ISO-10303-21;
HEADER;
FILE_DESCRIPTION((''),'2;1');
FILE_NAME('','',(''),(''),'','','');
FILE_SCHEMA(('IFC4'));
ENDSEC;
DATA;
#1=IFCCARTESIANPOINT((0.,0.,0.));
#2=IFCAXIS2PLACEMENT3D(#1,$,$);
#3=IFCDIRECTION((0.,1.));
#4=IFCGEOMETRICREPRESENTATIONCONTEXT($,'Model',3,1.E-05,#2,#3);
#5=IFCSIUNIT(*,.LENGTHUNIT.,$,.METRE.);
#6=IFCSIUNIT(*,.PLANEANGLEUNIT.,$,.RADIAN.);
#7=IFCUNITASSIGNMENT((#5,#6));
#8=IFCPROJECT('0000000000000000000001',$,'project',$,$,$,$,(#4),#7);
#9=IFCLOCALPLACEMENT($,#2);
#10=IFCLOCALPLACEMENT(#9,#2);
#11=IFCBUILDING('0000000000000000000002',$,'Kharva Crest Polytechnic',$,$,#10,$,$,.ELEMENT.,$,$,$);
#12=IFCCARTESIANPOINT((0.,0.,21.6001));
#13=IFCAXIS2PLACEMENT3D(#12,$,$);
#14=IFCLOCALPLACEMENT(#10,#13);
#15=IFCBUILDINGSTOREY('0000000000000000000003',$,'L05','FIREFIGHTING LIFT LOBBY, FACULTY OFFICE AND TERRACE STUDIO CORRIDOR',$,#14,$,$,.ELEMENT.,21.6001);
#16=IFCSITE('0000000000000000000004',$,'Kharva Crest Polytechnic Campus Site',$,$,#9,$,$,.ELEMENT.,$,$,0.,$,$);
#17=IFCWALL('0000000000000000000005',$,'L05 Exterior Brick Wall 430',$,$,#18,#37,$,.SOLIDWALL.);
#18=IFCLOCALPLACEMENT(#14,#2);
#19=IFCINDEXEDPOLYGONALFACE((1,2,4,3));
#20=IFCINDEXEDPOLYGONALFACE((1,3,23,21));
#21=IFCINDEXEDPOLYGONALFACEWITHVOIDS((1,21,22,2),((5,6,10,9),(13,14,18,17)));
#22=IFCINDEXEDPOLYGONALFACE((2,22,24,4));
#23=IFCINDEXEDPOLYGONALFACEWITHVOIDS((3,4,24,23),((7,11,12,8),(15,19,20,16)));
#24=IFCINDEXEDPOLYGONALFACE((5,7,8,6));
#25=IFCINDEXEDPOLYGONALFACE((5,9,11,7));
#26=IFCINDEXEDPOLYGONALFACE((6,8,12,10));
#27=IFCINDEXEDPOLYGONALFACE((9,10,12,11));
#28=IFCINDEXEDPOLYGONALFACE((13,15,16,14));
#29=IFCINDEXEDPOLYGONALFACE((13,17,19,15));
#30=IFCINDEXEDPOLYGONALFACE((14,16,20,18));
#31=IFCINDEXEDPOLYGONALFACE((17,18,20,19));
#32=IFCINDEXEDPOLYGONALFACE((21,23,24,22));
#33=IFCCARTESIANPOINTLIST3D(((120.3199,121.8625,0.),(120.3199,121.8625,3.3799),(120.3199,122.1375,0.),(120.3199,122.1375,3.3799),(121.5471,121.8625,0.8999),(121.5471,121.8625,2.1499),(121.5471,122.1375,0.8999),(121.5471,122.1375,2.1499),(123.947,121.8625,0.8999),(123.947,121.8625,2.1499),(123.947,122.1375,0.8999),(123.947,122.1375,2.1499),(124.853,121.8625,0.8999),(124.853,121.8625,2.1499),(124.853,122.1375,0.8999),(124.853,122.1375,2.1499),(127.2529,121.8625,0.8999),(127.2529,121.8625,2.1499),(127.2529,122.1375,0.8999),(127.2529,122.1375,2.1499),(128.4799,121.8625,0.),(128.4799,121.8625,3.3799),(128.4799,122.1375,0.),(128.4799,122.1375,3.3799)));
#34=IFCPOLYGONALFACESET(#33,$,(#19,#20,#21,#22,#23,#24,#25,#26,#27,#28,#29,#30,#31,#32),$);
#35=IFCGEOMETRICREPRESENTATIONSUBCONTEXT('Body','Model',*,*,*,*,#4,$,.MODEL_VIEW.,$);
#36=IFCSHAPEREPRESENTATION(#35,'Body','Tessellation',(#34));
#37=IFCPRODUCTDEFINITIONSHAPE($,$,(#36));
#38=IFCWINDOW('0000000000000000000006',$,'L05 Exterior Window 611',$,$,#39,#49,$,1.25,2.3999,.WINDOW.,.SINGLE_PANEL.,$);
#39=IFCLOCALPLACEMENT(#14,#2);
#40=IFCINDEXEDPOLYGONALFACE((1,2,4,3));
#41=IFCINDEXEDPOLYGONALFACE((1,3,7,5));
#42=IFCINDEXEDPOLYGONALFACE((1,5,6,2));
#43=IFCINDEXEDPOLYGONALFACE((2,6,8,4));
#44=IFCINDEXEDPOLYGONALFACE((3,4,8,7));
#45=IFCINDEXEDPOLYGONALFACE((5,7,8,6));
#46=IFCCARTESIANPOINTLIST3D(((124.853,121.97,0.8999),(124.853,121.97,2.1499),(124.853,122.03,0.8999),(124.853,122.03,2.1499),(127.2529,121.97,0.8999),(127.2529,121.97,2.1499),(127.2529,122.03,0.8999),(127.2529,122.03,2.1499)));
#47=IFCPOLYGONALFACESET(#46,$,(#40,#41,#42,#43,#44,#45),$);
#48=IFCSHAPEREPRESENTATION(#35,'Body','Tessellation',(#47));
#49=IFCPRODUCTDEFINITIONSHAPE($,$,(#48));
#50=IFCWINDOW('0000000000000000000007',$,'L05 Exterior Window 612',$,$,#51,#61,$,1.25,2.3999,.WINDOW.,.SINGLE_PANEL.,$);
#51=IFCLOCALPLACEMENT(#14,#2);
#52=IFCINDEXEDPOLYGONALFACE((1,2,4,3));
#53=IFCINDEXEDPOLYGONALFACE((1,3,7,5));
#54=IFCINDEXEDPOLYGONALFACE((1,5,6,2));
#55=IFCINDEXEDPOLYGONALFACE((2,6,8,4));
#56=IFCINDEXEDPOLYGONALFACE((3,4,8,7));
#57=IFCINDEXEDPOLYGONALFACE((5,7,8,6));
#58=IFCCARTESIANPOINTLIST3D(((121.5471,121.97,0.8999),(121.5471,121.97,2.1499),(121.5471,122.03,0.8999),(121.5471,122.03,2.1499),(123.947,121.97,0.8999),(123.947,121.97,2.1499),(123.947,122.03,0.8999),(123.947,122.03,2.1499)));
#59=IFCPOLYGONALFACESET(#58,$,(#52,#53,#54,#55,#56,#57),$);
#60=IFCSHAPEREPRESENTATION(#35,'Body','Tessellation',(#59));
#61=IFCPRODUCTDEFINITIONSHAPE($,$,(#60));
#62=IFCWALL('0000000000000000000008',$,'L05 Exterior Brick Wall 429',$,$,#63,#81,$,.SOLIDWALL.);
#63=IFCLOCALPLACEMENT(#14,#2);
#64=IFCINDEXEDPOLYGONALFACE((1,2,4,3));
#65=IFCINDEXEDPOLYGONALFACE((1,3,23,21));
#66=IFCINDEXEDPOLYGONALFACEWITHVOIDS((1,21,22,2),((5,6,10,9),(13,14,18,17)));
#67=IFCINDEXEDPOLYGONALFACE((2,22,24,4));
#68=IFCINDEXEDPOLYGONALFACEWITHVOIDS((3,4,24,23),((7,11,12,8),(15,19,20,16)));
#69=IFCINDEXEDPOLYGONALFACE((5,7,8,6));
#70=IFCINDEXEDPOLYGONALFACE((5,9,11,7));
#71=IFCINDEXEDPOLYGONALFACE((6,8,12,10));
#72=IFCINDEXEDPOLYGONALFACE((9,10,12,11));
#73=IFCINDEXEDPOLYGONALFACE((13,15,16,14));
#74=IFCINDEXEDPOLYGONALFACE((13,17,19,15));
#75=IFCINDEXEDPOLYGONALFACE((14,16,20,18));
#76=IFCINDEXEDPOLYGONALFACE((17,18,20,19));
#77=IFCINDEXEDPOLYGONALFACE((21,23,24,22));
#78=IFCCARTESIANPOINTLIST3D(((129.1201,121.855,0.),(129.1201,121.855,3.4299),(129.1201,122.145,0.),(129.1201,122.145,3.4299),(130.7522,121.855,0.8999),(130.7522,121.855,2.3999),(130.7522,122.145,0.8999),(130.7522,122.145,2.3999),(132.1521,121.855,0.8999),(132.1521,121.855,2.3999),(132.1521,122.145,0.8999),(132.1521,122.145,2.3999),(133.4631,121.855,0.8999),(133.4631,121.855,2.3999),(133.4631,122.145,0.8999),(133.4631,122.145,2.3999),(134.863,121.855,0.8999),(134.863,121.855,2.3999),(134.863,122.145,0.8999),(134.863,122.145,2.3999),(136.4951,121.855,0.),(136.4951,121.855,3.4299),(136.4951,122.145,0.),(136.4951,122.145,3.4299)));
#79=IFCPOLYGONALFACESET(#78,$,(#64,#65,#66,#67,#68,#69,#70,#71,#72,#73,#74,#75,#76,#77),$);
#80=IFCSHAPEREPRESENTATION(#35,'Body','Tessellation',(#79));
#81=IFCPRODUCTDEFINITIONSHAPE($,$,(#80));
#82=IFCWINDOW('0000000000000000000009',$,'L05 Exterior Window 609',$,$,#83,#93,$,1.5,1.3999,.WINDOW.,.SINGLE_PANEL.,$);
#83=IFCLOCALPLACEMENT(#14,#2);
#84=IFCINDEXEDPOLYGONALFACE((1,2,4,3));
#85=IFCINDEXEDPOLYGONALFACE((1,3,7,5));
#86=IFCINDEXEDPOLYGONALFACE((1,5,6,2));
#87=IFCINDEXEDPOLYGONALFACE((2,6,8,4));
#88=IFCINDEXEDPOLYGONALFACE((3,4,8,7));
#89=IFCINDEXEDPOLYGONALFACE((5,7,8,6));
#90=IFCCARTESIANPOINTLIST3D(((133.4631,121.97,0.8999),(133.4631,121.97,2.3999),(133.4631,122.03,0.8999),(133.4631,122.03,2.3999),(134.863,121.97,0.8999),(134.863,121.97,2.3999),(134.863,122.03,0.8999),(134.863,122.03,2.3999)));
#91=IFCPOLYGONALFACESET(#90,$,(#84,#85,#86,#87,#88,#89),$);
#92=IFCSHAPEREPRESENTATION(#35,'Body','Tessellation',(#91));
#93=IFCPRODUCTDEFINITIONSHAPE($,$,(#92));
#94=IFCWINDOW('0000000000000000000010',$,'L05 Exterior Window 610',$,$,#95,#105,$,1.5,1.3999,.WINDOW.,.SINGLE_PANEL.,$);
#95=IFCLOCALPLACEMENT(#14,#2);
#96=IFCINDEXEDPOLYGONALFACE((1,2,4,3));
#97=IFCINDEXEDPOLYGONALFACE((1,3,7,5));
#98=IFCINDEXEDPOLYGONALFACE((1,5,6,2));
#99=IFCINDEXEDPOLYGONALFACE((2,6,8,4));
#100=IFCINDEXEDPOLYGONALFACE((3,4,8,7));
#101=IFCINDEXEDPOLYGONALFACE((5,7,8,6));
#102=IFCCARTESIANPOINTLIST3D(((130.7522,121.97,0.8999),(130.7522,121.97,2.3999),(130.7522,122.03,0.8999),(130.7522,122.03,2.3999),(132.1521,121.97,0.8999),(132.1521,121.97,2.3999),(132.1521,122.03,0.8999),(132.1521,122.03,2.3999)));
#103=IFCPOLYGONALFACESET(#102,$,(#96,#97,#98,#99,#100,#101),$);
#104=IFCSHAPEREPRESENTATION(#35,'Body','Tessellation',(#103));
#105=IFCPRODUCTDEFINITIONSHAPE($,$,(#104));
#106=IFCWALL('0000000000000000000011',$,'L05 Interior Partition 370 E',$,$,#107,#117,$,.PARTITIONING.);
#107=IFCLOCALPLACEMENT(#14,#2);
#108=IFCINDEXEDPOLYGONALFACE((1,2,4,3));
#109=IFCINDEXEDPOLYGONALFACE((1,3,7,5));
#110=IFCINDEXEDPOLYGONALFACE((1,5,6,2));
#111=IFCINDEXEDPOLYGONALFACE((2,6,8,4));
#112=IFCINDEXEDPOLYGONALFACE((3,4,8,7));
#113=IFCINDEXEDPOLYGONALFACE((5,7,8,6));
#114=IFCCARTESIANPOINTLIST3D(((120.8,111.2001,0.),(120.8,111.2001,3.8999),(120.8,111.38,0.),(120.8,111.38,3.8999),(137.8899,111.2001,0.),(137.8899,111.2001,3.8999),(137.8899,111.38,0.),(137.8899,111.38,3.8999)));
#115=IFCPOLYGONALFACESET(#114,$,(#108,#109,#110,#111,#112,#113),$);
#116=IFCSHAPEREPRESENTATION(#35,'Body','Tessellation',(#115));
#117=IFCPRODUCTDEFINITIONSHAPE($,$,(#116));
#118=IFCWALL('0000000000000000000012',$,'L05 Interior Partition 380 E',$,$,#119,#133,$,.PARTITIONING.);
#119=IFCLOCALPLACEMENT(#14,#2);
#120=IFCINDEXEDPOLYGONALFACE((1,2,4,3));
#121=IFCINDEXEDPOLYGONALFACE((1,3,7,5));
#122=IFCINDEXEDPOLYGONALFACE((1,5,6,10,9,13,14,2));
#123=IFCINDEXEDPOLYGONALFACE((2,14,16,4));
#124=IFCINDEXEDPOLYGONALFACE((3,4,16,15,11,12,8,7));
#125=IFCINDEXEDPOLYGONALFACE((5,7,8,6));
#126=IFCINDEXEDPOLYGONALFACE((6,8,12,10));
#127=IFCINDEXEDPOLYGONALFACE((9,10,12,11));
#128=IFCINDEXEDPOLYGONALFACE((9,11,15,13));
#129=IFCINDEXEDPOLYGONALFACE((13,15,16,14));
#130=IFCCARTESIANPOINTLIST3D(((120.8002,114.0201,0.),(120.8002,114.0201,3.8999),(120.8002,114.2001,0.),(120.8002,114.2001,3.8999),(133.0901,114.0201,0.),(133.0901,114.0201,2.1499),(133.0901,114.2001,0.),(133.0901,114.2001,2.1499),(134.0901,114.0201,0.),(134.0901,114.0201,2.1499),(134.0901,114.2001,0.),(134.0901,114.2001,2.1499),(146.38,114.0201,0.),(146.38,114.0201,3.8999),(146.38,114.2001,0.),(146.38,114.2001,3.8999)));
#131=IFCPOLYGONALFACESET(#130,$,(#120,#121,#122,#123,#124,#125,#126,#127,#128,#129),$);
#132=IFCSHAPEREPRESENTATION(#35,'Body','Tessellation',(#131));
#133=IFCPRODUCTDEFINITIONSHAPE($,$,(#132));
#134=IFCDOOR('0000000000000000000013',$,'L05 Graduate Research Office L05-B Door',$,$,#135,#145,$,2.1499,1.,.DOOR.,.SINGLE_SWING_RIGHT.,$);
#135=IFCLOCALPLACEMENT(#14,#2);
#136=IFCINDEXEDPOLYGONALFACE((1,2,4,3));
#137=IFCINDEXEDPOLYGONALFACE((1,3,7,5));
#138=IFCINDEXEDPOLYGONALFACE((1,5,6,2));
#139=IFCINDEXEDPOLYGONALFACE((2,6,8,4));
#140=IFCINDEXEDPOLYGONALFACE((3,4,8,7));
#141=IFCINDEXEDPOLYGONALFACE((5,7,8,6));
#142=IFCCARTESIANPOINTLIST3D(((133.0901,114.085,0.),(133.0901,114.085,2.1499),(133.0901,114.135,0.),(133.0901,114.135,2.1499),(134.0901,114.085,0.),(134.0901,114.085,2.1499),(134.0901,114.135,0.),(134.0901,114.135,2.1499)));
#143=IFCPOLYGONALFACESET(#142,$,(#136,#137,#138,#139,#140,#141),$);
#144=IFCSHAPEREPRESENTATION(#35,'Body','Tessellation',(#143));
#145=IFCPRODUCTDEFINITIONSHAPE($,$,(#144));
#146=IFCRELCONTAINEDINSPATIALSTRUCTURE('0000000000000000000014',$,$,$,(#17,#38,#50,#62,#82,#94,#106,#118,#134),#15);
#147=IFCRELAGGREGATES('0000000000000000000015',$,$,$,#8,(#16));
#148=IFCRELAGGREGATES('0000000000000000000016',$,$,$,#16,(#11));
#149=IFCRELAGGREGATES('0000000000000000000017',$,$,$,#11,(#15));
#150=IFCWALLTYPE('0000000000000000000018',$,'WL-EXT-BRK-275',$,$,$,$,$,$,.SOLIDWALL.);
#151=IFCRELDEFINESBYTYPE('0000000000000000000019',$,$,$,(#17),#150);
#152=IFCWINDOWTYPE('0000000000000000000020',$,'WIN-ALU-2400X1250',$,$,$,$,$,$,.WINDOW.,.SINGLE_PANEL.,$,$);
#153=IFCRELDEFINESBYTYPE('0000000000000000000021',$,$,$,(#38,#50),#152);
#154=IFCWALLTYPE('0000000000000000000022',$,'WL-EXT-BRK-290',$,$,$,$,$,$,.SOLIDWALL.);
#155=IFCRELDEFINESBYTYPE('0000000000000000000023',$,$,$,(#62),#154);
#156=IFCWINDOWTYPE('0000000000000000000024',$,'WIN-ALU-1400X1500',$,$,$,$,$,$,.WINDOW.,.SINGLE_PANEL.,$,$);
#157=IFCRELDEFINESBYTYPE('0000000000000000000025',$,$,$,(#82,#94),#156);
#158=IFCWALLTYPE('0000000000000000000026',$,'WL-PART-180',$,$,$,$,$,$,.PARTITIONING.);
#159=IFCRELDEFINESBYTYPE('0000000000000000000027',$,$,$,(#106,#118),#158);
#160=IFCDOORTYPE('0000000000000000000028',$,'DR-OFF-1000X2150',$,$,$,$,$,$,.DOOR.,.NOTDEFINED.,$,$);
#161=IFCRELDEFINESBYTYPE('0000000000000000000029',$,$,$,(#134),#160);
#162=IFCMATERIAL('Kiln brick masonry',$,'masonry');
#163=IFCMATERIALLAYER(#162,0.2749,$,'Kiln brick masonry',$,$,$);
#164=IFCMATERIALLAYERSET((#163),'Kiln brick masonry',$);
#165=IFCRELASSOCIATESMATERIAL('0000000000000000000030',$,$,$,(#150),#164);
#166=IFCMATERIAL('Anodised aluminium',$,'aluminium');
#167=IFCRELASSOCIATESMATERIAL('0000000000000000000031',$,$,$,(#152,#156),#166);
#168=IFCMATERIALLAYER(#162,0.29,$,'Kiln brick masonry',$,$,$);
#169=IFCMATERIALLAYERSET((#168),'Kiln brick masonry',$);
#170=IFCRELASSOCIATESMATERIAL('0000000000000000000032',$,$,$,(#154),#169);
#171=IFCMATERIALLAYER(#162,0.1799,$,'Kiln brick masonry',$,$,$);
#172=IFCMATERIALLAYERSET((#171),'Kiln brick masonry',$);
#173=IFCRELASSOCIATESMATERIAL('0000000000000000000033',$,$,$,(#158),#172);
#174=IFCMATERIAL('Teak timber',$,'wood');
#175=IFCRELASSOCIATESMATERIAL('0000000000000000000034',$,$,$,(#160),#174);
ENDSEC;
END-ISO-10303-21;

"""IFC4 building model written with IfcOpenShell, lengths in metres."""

from ifc_helpers import new_model, si_unit, direction, frame, frame_2d, origin, place, context, subcontext, project, spatial, rectangle, extrude, material, layer, layer_set, type_object, element, fill, save


model = new_model("IFC4")

# Units and contexts
model_context = context("Model", 3, precision=1e-05, world=origin(), true_north=direction((0.0, 1.0)))
body_context = subcontext(model_context, "Body", "Model", "MODEL_VIEW")
ifc_project = project(units=[si_unit("LENGTHUNIT", "METRE"), si_unit("PLANEANGLEUNIT", "RADIAN")], contexts=[model_context])

# Site, building, storey
site_placement = place(None, origin())
site = spatial("IfcSite", under=ifc_project, at=site_placement, Name="Kharva Crest Polytechnic Campus Site", CompositionType="ELEMENT", RefElevation=0.0)
building_placement = place(site_placement, origin())
building = spatial("IfcBuilding", under=site, at=building_placement, Name="Kharva Crest Polytechnic", CompositionType="ELEMENT")
storey_placement = place(building_placement, frame((0.0, 0.0, 21.6001)))
storey = spatial("IfcBuildingStorey", under=building, at=storey_placement, Name="L05", Description="FIREFIGHTING LIFT LOBBY, FACULTY OFFICE AND TERRACE STUDIO CORRIDOR", CompositionType="ELEMENT", Elevation=21.6001)

# Walls, openings, windows
ifc_material_1 = material(Name="Kiln brick masonry", Category="masonry")
ifc_layer_1 = layer(ifc_material_1, 0.2749, Name="Kiln brick masonry")
ifc_layer_set_1 = layer_set([ifc_layer_1], Name="Kiln brick masonry")
wall_type_1 = type_object("IfcWallType", Name="WL-EXT-BRK-275", PredefinedType="SOLIDWALL", material=ifc_layer_set_1)
wall_1_placement = place(storey_placement, frame((128.48, 122.0, 0.0), z_axis=(0.0, 0.0, 1.0), x_axis=(-1.0, 0.0, 0.0)))
wall_1 = element("IfcWall", 1, at=wall_1_placement, inside=storey, type_object=wall_type_1, Name="L05 Exterior Brick Wall 430", PredefinedType="SOLIDWALL", context=body_context, shape_type="SweptSolid", body=[
    extrude(rectangle(XDim=8.1599, YDim=0.2749, at=frame_2d((4.0801, 0.0))), origin(), (0.0, 0.0, 1.0), 3.3799),
])
opening_1_placement = place(wall_1_placement, frame((1.2271, 0.0, 0.8999)))
opening_1 = element("IfcOpeningElement", 2, at=opening_1_placement, cuts=wall_1, PredefinedType="OPENING", context=body_context, shape_type="SweptSolid", body=[
    extrude(rectangle(XDim=2.3999, YDim=1.25, at=frame_2d((1.2, 0.625))), frame((0.0, 0.1475, 0.0), z_axis=(0.0, -1.0, 0.0), x_axis=(1.0, 0.0, 0.0)), (0.0, 0.0, 1.0), 0.2949),
])
opening_2_placement = place(wall_1_placement, frame((4.533, 0.0, 0.8999)))
opening_2 = element("IfcOpeningElement", 3, at=opening_2_placement, cuts=wall_1, PredefinedType="OPENING", context=body_context, shape_type="SweptSolid", body=[
    extrude(rectangle(XDim=2.3999, YDim=1.25, at=frame_2d((1.2, 0.625))), frame((0.0, 0.1475, 0.0), z_axis=(0.0, -1.0, 0.0), x_axis=(1.0, 0.0, 0.0)), (0.0, 0.0, 1.0), 0.2949),
])
ifc_material_2 = material(Name="Anodised aluminium", Category="aluminium")
window_type_1 = type_object("IfcWindowType", Name="WIN-ALU-2400X1250", PartitioningType="SINGLE_PANEL", PredefinedType="WINDOW", material=ifc_material_2)
window_1_placement = place(opening_1_placement, origin())
window_1 = element("IfcWindow", 4, at=window_1_placement, inside=storey, type_object=window_type_1, Name="L05 Exterior Window 611", OverallHeight=1.25, OverallWidth=2.3999, PartitioningType="SINGLE_PANEL", PredefinedType="WINDOW", context=body_context, shape_type="SweptSolid", body=[
    extrude(rectangle(XDim=2.3999, YDim=1.25, at=frame_2d((1.2, 0.625))), frame((0.0, 0.03, 0.0), z_axis=(0.0, -1.0, 0.0), x_axis=(1.0, 0.0, 0.0)), (0.0, 0.0, 1.0), 0.0601),
])
fill(opening_1, window_1)
window_2_placement = place(opening_2_placement, origin())
window_2 = element("IfcWindow", 5, at=window_2_placement, inside=storey, type_object=window_type_1, Name="L05 Exterior Window 612", OverallHeight=1.25, OverallWidth=2.3999, PartitioningType="SINGLE_PANEL", PredefinedType="WINDOW", context=body_context, shape_type="SweptSolid", body=[
    extrude(rectangle(XDim=2.3999, YDim=1.25, at=frame_2d((1.2, 0.625))), frame((0.0, 0.03, 0.0), z_axis=(0.0, -1.0, 0.0), x_axis=(1.0, 0.0, 0.0)), (0.0, 0.0, 1.0), 0.0601),
])
fill(opening_2, window_2)
ifc_layer_2 = layer(ifc_material_1, 0.29, Name="Kiln brick masonry")
ifc_layer_set_2 = layer_set([ifc_layer_2], Name="Kiln brick masonry")
wall_type_2 = type_object("IfcWallType", Name="WL-EXT-BRK-290", PredefinedType="SOLIDWALL", material=ifc_layer_set_2)
wall_2_placement = place(storey_placement, frame((136.4951, 122.0, 0.0), z_axis=(0.0, 0.0, 1.0), x_axis=(-1.0, 0.0, 0.0)))
wall_2 = element("IfcWall", 6, at=wall_2_placement, inside=storey, type_object=wall_type_2, Name="L05 Exterior Brick Wall 429", PredefinedType="SOLIDWALL", context=body_context, shape_type="SweptSolid", body=[
    extrude(rectangle(XDim=7.375, YDim=0.29, at=frame_2d((3.6875, 0.0))), origin(), (0.0, 0.0, 1.0), 3.4299),
])
opening_3_placement = place(wall_2_placement, frame((1.6321, 0.0, 0.8999)))
opening_3 = element("IfcOpeningElement", 7, at=opening_3_placement, cuts=wall_2, PredefinedType="OPENING", context=body_context, shape_type="SweptSolid", body=[
    extrude(rectangle(XDim=1.3999, YDim=1.5, at=frame_2d((0.7, 0.75))), frame((0.0, 0.155, 0.0), z_axis=(0.0, -1.0, 0.0), x_axis=(1.0, 0.0, 0.0)), (0.0, 0.0, 1.0), 0.3101),
])
opening_4_placement = place(wall_2_placement, frame((4.343, 0.0, 0.8999)))
opening_4 = element("IfcOpeningElement", 8, at=opening_4_placement, cuts=wall_2, PredefinedType="OPENING", context=body_context, shape_type="SweptSolid", body=[
    extrude(rectangle(XDim=1.3999, YDim=1.5, at=frame_2d((0.7, 0.75))), frame((0.0, 0.155, 0.0), z_axis=(0.0, -1.0, 0.0), x_axis=(1.0, 0.0, 0.0)), (0.0, 0.0, 1.0), 0.3101),
])
window_type_2 = type_object("IfcWindowType", Name="WIN-ALU-1400X1500", PartitioningType="SINGLE_PANEL", PredefinedType="WINDOW", material=ifc_material_2)
window_3_placement = place(opening_3_placement, origin())
window_3 = element("IfcWindow", 9, at=window_3_placement, inside=storey, type_object=window_type_2, Name="L05 Exterior Window 609", OverallHeight=1.5, OverallWidth=1.3999, PartitioningType="SINGLE_PANEL", PredefinedType="WINDOW", context=body_context, shape_type="SweptSolid", body=[
    extrude(rectangle(XDim=1.3999, YDim=1.5, at=frame_2d((0.7, 0.75))), frame((0.0, 0.03, 0.0), z_axis=(0.0, -1.0, 0.0), x_axis=(1.0, 0.0, 0.0)), (0.0, 0.0, 1.0), 0.0601),
])
fill(opening_3, window_3)
window_4_placement = place(opening_4_placement, origin())
window_4 = element("IfcWindow", 10, at=window_4_placement, inside=storey, type_object=window_type_2, Name="L05 Exterior Window 610", OverallHeight=1.5, OverallWidth=1.3999, PartitioningType="SINGLE_PANEL", PredefinedType="WINDOW", context=body_context, shape_type="SweptSolid", body=[
    extrude(rectangle(XDim=1.3999, YDim=1.5, at=frame_2d((0.7, 0.75))), frame((0.0, 0.03, 0.0), z_axis=(0.0, -1.0, 0.0), x_axis=(1.0, 0.0, 0.0)), (0.0, 0.0, 1.0), 0.0601),
])
fill(opening_4, window_4)

# Wall
ifc_layer_3 = layer(ifc_material_1, 0.1799, Name="Kiln brick masonry")
ifc_layer_set_3 = layer_set([ifc_layer_3], Name="Kiln brick masonry")
wall_type_3 = type_object("IfcWallType", Name="WL-PART-180", PredefinedType="PARTITIONING", material=ifc_layer_set_3)
wall_3_placement = place(storey_placement, frame((120.8, 111.29, 0.0), z_axis=(0.0, 0.0, 1.0), x_axis=(1.0, 0.0, 0.0)))
element("IfcWall", 11, at=wall_3_placement, inside=storey, type_object=wall_type_3, Name="L05 Interior Partition 370 E", PredefinedType="PARTITIONING", context=body_context, shape_type="SweptSolid", body=[
    extrude(rectangle(XDim=17.0898, YDim=0.1799, at=frame_2d((8.5449, 0.0))), origin(), (0.0, 0.0, 1.0), 3.8999),
])

# Wall, opening, door
wall_4_placement = place(storey_placement, frame((120.8, 114.1101, 0.0), z_axis=(0.0, 0.0, 1.0), x_axis=(1.0, 0.0, 0.0)))
wall_4 = element("IfcWall", 12, at=wall_4_placement, inside=storey, type_object=wall_type_3, Name="L05 Interior Partition 380 E", PredefinedType="PARTITIONING", context=body_context, shape_type="SweptSolid", body=[
    extrude(rectangle(XDim=25.5798, YDim=0.1799, at=frame_2d((12.79, 0.0))), origin(), (0.0, 0.0, 1.0), 3.8999),
])
opening_5_placement = place(wall_4_placement, frame((12.29, 0.0, 0.0)))
opening_5 = element("IfcOpeningElement", 13, at=opening_5_placement, cuts=wall_4, PredefinedType="OPENING", context=body_context, shape_type="SweptSolid", body=[
    extrude(rectangle(XDim=1.0, YDim=2.1499, at=frame_2d((0.5, 1.075))), frame((0.0, 0.0999, 0.0), z_axis=(0.0, -1.0, 0.0), x_axis=(1.0, 0.0, 0.0)), (0.0, 0.0, 1.0), 0.2),
])
ifc_material_3 = material(Name="Teak timber", Category="wood")
door_type = type_object("IfcDoorType", Name="DR-OFF-1000X2150", OperationType="NOTDEFINED", PredefinedType="DOOR", material=ifc_material_3)
door_placement = place(opening_5_placement, origin())
door = element("IfcDoor", 14, at=door_placement, inside=storey, type_object=door_type, Name="L05 Graduate Research Office L05-B Door", OperationType="SINGLE_SWING_RIGHT", OverallHeight=2.1499, OverallWidth=1.0, PredefinedType="DOOR", context=body_context, shape_type="SweptSolid", body=[
    extrude(rectangle(XDim=1.0, YDim=2.1499, at=frame_2d((0.5, 1.075))), frame((0.0, 0.0249, 0.0), z_axis=(0.0, -1.0, 0.0), x_axis=(1.0, 0.0, 0.0)), (0.0, 0.0, 1.0), 0.05),
])
fill(opening_5, door)

save(model, "model.ifc")
